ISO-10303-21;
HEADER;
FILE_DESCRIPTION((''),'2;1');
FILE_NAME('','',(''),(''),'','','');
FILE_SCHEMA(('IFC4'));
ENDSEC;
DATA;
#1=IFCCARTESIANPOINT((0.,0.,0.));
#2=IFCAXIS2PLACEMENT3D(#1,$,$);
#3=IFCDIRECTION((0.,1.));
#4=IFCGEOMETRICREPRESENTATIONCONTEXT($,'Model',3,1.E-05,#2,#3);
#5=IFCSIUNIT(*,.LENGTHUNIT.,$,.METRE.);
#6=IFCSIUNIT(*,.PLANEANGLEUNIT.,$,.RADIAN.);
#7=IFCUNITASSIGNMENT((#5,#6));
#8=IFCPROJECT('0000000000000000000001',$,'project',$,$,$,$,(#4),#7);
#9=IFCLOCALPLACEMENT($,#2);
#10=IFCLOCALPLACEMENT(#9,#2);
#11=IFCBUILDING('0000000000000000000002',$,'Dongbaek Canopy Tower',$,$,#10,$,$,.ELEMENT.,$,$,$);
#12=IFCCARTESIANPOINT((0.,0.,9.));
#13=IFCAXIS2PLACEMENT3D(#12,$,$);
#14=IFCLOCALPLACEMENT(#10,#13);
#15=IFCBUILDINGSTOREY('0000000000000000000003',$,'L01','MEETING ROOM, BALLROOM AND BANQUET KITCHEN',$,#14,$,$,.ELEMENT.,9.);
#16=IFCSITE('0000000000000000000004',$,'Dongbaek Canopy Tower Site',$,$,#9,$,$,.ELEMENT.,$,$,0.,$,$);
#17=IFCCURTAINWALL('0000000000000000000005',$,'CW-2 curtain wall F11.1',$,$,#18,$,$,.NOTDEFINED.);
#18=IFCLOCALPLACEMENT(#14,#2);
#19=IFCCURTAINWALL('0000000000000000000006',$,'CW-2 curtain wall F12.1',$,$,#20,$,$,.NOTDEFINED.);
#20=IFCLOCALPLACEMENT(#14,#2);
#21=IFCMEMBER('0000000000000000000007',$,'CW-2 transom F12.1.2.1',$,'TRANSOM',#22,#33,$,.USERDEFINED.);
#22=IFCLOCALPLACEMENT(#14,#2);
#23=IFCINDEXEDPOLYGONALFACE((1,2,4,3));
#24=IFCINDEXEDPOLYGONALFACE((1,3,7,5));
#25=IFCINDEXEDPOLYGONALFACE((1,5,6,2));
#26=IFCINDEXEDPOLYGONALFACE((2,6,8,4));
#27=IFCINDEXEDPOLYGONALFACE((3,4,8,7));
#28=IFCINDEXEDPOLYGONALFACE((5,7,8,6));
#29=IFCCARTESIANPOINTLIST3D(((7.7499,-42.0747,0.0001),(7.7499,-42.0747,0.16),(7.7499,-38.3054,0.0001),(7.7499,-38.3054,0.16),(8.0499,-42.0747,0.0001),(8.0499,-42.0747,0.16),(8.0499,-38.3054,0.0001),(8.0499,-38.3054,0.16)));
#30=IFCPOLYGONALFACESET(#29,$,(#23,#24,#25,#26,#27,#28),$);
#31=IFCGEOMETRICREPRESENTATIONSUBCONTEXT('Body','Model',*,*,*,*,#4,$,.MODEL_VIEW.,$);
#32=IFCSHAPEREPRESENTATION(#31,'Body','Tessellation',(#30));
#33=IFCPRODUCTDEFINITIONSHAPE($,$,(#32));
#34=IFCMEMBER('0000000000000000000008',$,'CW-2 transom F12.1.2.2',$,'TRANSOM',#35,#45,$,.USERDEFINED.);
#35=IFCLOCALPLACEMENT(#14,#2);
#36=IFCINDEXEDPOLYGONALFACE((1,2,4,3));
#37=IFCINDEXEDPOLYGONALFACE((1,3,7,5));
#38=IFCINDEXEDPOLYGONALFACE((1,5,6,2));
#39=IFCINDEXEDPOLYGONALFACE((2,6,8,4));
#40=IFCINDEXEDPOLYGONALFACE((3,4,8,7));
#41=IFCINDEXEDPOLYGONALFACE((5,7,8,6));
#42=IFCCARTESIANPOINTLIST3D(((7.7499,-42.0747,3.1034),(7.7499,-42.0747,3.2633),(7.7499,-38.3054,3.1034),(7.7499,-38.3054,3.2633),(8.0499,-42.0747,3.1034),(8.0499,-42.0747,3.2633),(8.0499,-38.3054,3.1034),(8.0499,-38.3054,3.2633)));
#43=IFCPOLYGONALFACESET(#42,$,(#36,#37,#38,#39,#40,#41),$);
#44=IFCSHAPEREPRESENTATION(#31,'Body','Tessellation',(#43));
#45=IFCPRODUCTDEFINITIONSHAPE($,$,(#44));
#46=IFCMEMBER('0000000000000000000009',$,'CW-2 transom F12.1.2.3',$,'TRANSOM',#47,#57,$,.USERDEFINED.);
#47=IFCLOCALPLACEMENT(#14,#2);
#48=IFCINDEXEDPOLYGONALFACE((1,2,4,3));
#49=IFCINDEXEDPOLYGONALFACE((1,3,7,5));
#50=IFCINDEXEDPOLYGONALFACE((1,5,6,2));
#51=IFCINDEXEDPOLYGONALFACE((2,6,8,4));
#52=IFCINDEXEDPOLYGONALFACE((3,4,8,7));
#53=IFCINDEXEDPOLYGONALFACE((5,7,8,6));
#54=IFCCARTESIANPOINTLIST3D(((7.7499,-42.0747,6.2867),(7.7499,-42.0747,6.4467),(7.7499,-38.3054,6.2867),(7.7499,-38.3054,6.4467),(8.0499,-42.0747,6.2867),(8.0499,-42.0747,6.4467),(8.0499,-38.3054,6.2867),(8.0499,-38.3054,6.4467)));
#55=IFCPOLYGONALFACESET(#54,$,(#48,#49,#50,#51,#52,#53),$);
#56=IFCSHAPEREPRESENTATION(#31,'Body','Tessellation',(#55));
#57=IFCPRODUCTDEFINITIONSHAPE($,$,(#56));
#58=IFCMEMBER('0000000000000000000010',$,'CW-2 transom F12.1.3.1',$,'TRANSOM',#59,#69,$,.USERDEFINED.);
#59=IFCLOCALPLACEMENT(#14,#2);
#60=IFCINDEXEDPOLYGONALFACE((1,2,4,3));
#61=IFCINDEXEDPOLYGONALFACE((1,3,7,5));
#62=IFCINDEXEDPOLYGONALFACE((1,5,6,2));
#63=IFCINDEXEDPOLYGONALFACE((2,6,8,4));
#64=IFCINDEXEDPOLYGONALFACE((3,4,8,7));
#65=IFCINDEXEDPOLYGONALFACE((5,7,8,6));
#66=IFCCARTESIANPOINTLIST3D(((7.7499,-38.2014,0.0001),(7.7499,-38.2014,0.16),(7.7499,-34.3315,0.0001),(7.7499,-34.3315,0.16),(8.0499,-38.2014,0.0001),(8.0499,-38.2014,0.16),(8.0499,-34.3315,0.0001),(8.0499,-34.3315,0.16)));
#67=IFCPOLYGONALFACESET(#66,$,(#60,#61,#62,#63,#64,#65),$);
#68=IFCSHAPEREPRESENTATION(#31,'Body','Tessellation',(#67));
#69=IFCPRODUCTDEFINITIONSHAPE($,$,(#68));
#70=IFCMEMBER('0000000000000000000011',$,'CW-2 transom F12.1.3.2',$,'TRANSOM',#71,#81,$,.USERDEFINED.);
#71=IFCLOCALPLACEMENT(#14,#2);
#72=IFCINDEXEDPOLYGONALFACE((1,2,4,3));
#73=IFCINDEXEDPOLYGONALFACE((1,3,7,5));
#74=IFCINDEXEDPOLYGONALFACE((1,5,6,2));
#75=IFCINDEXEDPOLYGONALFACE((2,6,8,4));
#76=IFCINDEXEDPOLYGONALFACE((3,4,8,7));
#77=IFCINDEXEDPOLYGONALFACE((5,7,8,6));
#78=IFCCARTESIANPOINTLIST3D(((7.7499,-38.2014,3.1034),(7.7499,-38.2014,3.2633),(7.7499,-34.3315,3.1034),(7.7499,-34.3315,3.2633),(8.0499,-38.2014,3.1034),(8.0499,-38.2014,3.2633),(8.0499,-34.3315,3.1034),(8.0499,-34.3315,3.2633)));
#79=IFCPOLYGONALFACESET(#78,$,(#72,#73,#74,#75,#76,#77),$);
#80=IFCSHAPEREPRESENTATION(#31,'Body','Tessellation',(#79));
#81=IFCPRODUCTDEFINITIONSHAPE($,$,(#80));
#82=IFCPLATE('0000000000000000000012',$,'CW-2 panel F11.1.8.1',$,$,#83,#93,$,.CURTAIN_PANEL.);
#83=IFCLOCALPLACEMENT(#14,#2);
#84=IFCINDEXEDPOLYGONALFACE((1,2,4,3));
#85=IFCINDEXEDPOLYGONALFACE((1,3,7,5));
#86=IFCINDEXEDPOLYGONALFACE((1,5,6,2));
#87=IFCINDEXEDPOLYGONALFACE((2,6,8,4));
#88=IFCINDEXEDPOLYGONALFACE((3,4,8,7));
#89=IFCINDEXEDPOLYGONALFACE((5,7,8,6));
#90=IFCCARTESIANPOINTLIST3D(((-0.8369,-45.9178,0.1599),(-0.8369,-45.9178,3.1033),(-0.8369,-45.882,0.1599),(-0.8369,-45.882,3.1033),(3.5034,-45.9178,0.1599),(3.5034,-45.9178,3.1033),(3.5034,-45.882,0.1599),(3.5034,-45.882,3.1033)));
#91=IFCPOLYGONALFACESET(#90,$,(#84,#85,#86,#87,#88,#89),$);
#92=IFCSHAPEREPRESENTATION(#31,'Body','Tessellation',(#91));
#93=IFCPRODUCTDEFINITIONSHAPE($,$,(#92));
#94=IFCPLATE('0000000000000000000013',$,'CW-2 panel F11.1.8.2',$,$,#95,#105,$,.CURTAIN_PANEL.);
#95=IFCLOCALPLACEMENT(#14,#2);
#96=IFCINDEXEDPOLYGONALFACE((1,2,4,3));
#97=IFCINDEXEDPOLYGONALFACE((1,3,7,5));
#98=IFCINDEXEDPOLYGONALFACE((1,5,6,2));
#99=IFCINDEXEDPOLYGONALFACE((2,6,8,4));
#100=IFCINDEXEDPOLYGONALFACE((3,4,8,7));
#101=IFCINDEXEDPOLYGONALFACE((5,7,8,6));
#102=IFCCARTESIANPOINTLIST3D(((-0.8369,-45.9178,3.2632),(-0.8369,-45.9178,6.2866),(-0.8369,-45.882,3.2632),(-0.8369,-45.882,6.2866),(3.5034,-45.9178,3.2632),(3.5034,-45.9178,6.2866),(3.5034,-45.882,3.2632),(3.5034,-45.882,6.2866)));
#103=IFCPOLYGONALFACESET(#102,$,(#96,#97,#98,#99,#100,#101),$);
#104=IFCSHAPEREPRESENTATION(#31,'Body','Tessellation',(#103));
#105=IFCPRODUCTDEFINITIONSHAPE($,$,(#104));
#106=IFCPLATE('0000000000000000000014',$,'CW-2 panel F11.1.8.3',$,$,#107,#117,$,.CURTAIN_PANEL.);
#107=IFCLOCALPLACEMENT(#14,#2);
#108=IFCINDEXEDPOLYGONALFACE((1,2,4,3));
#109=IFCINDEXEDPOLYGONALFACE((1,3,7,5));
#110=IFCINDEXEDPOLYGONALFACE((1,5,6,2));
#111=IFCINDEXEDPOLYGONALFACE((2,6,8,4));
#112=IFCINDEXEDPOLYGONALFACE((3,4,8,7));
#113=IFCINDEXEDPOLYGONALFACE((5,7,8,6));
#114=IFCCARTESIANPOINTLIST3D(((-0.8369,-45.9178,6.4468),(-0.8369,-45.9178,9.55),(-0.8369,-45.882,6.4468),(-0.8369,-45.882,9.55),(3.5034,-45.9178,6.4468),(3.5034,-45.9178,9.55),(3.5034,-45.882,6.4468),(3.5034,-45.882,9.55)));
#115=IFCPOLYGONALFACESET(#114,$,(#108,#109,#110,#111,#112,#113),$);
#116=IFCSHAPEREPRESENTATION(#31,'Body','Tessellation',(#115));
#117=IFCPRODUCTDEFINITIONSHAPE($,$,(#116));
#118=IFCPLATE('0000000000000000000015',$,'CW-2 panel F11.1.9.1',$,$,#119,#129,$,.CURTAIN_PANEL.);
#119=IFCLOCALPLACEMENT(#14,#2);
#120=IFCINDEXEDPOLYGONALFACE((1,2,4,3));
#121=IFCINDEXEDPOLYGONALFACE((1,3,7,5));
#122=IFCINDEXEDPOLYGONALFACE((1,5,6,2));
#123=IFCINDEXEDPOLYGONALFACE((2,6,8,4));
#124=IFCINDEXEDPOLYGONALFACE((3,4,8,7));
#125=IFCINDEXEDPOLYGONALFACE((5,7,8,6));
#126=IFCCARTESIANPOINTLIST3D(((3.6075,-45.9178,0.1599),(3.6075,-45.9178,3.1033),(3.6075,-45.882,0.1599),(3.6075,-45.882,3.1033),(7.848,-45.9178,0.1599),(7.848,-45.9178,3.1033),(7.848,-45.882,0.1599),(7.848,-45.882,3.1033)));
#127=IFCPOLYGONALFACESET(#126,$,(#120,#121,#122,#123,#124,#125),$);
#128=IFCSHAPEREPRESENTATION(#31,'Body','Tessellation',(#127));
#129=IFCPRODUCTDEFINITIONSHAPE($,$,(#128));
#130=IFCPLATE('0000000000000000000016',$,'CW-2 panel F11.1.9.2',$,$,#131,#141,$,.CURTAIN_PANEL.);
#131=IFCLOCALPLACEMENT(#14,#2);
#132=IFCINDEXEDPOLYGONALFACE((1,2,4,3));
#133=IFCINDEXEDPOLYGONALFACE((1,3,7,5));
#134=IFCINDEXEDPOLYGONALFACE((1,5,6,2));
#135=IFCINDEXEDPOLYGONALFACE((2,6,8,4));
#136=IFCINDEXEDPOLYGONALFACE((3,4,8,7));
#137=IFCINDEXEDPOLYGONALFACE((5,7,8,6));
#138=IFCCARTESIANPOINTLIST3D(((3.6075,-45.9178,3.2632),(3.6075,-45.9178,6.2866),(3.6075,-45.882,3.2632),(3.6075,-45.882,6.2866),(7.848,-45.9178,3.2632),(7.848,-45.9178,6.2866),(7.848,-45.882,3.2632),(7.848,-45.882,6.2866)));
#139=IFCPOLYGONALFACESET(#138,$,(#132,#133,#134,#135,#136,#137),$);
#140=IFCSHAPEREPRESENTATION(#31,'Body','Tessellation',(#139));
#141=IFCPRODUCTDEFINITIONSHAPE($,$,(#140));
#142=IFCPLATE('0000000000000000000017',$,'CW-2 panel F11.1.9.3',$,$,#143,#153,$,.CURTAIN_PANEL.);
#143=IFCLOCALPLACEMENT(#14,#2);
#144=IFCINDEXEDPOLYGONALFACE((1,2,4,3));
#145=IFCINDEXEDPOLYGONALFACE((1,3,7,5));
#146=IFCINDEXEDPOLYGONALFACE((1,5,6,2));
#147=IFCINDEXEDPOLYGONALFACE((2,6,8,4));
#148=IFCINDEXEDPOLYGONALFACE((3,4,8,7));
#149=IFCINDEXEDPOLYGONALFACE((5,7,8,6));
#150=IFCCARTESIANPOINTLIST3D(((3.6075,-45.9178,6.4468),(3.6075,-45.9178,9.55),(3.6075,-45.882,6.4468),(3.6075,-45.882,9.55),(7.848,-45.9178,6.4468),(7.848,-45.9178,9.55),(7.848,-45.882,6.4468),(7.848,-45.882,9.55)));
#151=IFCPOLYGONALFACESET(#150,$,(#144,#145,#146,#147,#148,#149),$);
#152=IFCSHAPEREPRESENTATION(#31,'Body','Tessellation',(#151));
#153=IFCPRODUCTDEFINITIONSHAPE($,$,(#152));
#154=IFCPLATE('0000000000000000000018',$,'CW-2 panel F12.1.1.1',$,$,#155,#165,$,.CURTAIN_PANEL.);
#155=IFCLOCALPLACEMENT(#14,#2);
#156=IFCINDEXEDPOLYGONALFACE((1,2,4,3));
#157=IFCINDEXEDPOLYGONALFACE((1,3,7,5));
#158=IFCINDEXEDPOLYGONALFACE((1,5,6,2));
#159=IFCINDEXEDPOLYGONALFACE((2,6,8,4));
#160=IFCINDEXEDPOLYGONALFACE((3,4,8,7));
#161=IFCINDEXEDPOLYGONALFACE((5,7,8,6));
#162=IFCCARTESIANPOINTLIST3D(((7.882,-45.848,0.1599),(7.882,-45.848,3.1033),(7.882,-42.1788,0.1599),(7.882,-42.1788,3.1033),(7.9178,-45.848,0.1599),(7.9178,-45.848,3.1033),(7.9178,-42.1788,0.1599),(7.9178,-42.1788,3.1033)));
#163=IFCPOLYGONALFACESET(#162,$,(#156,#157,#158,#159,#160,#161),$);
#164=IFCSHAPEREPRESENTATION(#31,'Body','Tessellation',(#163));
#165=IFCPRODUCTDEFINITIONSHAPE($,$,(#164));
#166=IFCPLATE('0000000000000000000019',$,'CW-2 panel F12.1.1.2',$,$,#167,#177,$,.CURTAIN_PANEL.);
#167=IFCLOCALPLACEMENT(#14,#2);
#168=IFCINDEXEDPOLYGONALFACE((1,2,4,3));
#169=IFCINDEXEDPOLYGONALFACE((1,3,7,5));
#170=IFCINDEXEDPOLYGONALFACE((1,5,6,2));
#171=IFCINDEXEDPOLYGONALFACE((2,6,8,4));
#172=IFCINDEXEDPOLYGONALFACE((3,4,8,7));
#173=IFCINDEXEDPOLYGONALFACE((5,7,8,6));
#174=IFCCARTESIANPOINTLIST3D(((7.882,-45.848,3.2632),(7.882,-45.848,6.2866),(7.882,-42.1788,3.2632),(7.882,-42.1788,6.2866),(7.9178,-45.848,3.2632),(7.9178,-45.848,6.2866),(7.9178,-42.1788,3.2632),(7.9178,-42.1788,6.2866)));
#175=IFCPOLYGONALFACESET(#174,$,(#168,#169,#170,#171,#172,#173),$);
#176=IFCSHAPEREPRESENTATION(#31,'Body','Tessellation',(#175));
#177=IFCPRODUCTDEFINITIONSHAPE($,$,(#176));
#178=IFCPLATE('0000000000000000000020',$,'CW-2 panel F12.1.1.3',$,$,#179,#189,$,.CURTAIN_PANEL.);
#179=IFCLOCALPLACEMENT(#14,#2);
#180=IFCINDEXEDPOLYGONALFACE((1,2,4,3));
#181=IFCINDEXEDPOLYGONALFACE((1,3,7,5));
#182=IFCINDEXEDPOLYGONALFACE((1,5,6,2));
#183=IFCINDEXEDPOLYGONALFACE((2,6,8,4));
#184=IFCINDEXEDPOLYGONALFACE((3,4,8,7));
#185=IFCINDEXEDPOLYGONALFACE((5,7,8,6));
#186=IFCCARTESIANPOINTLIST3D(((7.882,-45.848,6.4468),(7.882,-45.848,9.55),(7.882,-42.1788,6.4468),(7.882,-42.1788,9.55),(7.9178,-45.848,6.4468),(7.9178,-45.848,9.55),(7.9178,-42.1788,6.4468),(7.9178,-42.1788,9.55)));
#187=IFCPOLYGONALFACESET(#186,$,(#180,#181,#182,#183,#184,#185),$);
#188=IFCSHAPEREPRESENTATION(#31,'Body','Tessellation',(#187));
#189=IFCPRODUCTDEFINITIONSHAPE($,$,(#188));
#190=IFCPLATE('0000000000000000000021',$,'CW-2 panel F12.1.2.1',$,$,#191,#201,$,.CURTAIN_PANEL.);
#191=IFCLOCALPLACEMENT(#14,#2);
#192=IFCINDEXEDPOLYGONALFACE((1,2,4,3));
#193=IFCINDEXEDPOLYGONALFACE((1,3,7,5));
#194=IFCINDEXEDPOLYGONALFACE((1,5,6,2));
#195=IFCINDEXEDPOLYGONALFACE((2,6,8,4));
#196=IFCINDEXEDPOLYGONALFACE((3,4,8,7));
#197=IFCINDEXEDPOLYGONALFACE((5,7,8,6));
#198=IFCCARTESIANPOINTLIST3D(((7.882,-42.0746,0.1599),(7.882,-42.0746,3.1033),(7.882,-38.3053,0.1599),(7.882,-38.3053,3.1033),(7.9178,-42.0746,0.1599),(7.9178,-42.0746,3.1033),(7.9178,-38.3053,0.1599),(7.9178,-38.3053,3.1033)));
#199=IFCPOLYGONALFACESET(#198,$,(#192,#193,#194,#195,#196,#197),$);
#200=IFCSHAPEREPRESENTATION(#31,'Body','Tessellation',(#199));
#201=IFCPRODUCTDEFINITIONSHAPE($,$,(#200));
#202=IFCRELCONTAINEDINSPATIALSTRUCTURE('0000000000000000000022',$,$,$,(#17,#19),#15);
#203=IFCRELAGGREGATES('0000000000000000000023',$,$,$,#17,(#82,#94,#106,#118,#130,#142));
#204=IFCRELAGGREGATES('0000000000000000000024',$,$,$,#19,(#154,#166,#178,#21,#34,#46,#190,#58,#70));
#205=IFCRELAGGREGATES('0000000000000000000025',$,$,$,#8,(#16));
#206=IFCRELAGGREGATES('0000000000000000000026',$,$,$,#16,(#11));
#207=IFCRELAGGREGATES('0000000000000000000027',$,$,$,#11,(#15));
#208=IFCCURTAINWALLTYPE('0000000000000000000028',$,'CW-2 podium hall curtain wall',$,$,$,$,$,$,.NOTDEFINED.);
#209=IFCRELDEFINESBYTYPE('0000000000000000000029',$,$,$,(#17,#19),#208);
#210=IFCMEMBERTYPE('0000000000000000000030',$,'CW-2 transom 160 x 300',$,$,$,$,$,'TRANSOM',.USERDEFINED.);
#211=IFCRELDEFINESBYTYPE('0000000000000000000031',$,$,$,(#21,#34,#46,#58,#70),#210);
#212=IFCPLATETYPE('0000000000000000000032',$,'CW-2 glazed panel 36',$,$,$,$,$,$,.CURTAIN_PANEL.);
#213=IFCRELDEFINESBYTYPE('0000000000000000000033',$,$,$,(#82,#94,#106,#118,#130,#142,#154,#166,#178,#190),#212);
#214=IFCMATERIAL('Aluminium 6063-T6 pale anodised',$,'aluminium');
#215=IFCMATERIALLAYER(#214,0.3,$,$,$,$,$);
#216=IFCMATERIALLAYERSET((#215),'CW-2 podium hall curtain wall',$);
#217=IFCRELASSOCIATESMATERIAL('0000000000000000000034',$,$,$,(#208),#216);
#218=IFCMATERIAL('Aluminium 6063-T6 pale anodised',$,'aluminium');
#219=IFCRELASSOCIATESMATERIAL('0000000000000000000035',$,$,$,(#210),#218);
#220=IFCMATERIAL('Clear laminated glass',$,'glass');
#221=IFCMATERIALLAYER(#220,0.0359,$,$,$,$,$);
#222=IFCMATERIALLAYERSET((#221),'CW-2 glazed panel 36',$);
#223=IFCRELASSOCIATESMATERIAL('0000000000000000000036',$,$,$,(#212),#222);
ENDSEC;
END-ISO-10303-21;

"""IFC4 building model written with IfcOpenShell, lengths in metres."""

from ifc_helpers import new_model, si_unit, direction, frame, origin, origin_2d, place, context, subcontext, project, spatial, rectangle, extrude, material, layer, layer_set, material_profile, profile_set, type_object, element, aggregate, save


model = new_model("IFC4")

# Units and contexts
model_context = context("Model", 3, precision=1e-05, world=origin(), true_north=direction((0.0, 1.0)))
body_context = subcontext(model_context, "Body", "Model", "MODEL_VIEW")
ifc_project = project(units=[si_unit("LENGTHUNIT", "METRE"), si_unit("PLANEANGLEUNIT", "RADIAN")], contexts=[model_context])

# Site, building, storey
site_placement = place(None, origin())
site = spatial("IfcSite", under=ifc_project, at=site_placement, Name="Dongbaek Canopy Tower Site", CompositionType="ELEMENT", RefElevation=0.0)
building_placement = place(site_placement, origin())
building = spatial("IfcBuilding", under=site, at=building_placement, Name="Dongbaek Canopy Tower", CompositionType="ELEMENT")
storey_placement = place(building_placement, frame((0.0, 0.0, 9.0)))
storey = spatial("IfcBuildingStorey", under=building, at=storey_placement, Name="L01", Description="MEETING ROOM, BALLROOM AND BANQUET KITCHEN", CompositionType="ELEMENT", Elevation=9.0)

# Curtain walls
ifc_material_1 = material(Name="Aluminium 6063-T6 pale anodised", Category="aluminium")
ifc_layer_1 = layer(ifc_material_1, 0.3)
ifc_layer_set_1 = layer_set([ifc_layer_1], Name="CW-2 podium hall curtain wall")
curtain_wall_type = type_object("IfcCurtainWallType", Name="CW-2 podium hall curtain wall", PredefinedType="NOTDEFINED", material=ifc_layer_set_1)
curtain_wall_1_placement = place(storey_placement, origin())
curtain_wall_1 = element("IfcCurtainWall", 1, at=curtain_wall_1_placement, inside=storey, type_object=curtain_wall_type, Name="CW-2 curtain wall F11.1", PredefinedType="NOTDEFINED")
curtain_wall_2_placement = place(storey_placement, origin())
curtain_wall_2 = element("IfcCurtainWall", 2, at=curtain_wall_2_placement, inside=storey, type_object=curtain_wall_type, Name="CW-2 curtain wall F12.1", PredefinedType="NOTDEFINED")

# Members
ifc_material_2 = material(Name="Aluminium 6063-T6 pale anodised", Category="aluminium")
ifc_material_profile_1 = material_profile(ifc_material_2, rectangle(XDim=0.3, YDim=0.1599, at=origin_2d()), Name="CW-2 transom 160 x 300")
ifc_profile_set_1 = profile_set([ifc_material_profile_1], Name="Aluminium 6063-T6 pale anodised")
member_type_1 = type_object("IfcMemberType", Name="CW-2 transom 160 x 300", ElementType="TRANSOM", PredefinedType="USERDEFINED", material=ifc_profile_set_1)
member_1_placement = place(storey_placement, frame((7.8999, -42.0747, 0.0801), z_axis=(0.0, 1.0, 0.0), x_axis=(-1.0, 0.0, 0.0)))
member_1 = element("IfcMember", 3, at=member_1_placement, type_object=member_type_1, Name="CW-2 transom F12.1.2.1", ObjectType="TRANSOM", PredefinedType="USERDEFINED", context=body_context, shape_type="SweptSolid", body=[
    extrude(rectangle(XDim=0.3, YDim=0.1599, at=origin_2d()), origin(), (0.0, 0.0, 1.0), 3.7693),
])
member_2_placement = place(storey_placement, frame((7.8999, -42.0747, 3.1833), z_axis=(0.0, 1.0, 0.0), x_axis=(-1.0, 0.0, 0.0)))
member_2 = element("IfcMember", 4, at=member_2_placement, type_object=member_type_1, Name="CW-2 transom F12.1.2.2", ObjectType="TRANSOM", PredefinedType="USERDEFINED", context=body_context, shape_type="SweptSolid", body=[
    extrude(rectangle(XDim=0.3, YDim=0.1599, at=origin_2d()), origin(), (0.0, 0.0, 1.0), 3.7693),
])
member_3_placement = place(storey_placement, frame((7.8999, -42.0747, 6.3667), z_axis=(0.0, 1.0, 0.0), x_axis=(-1.0, 0.0, 0.0)))
member_3 = element("IfcMember", 5, at=member_3_placement, type_object=member_type_1, Name="CW-2 transom F12.1.2.3", ObjectType="TRANSOM", PredefinedType="USERDEFINED", context=body_context, shape_type="SweptSolid", body=[
    extrude(rectangle(XDim=0.3, YDim=0.1599, at=origin_2d()), origin(), (0.0, 0.0, 1.0), 3.7693),
])
member_4_placement = place(storey_placement, frame((7.8999, -38.2014, 0.0801), z_axis=(0.0, 1.0, 0.0), x_axis=(-1.0, 0.0, 0.0)))
member_4 = element("IfcMember", 6, at=member_4_placement, type_object=member_type_1, Name="CW-2 transom F12.1.3.1", ObjectType="TRANSOM", PredefinedType="USERDEFINED", context=body_context, shape_type="SweptSolid", body=[
    extrude(rectangle(XDim=0.3, YDim=0.1599, at=origin_2d()), origin(), (0.0, 0.0, 1.0), 3.8699),
])
member_5_placement = place(storey_placement, frame((7.8999, -38.2014, 3.1833), z_axis=(0.0, 1.0, 0.0), x_axis=(-1.0, 0.0, 0.0)))
member_5 = element("IfcMember", 7, at=member_5_placement, type_object=member_type_1, Name="CW-2 transom F12.1.3.2", ObjectType="TRANSOM", PredefinedType="USERDEFINED", context=body_context, shape_type="SweptSolid", body=[
    extrude(rectangle(XDim=0.3, YDim=0.1599, at=origin_2d()), origin(), (0.0, 0.0, 1.0), 3.8699),
])

# Plates
ifc_material_3 = material(Name="Clear laminated glass", Category="glass")
ifc_layer_2 = layer(ifc_material_3, 0.0359)
ifc_layer_set_2 = layer_set([ifc_layer_2], Name="CW-2 glazed panel 36")
plate_type = type_object("IfcPlateType", Name="CW-2 glazed panel 36", PredefinedType="CURTAIN_PANEL", material=ifc_layer_set_2)
plate_1_placement = place(storey_placement, frame((1.3333, -45.8999, 0.1599), z_axis=(0.0, 0.0, 1.0), x_axis=(1.0, 0.0, 0.0)))
plate_1 = element("IfcPlate", 8, at=plate_1_placement, type_object=plate_type, Name="CW-2 panel F11.1.8.1", PredefinedType="CURTAIN_PANEL", context=body_context, shape_type="SweptSolid", body=[
    extrude(rectangle(XDim=4.3403, YDim=0.0359, at=origin_2d()), origin(), (0.0, 0.0, 1.0), 2.9434),
])
plate_2_placement = place(storey_placement, frame((1.3333, -45.8999, 3.2632), z_axis=(0.0, 0.0, 1.0), x_axis=(1.0, 0.0, 0.0)))
plate_2 = element("IfcPlate", 9, at=plate_2_placement, type_object=plate_type, Name="CW-2 panel F11.1.8.2", PredefinedType="CURTAIN_PANEL", context=body_context, shape_type="SweptSolid", body=[
    extrude(rectangle(XDim=4.3403, YDim=0.0359, at=origin_2d()), origin(), (0.0, 0.0, 1.0), 3.0234),
])
plate_3_placement = place(storey_placement, frame((1.3333, -45.8999, 6.4468), z_axis=(0.0, 0.0, 1.0), x_axis=(1.0, 0.0, 0.0)))
plate_3 = element("IfcPlate", 10, at=plate_3_placement, type_object=plate_type, Name="CW-2 panel F11.1.8.3", PredefinedType="CURTAIN_PANEL", context=body_context, shape_type="SweptSolid", body=[
    extrude(rectangle(XDim=4.3403, YDim=0.0359, at=origin_2d()), origin(), (0.0, 0.0, 1.0), 3.1033),
])
plate_4_placement = place(storey_placement, frame((5.7278, -45.8999, 0.1599), z_axis=(0.0, 0.0, 1.0), x_axis=(1.0, 0.0, 0.0)))
plate_4 = element("IfcPlate", 11, at=plate_4_placement, type_object=plate_type, Name="CW-2 panel F11.1.9.1", PredefinedType="CURTAIN_PANEL", context=body_context, shape_type="SweptSolid", body=[
    extrude(rectangle(XDim=4.2405, YDim=0.0359, at=origin_2d()), origin(), (0.0, 0.0, 1.0), 2.9434),
])
plate_5_placement = place(storey_placement, frame((5.7278, -45.8999, 3.2632), z_axis=(0.0, 0.0, 1.0), x_axis=(1.0, 0.0, 0.0)))
plate_5 = element("IfcPlate", 12, at=plate_5_placement, type_object=plate_type, Name="CW-2 panel F11.1.9.2", PredefinedType="CURTAIN_PANEL", context=body_context, shape_type="SweptSolid", body=[
    extrude(rectangle(XDim=4.2405, YDim=0.0359, at=origin_2d()), origin(), (0.0, 0.0, 1.0), 3.0234),
])
plate_6_placement = place(storey_placement, frame((5.7278, -45.8999, 6.4468), z_axis=(0.0, 0.0, 1.0), x_axis=(1.0, 0.0, 0.0)))
plate_6 = element("IfcPlate", 13, at=plate_6_placement, type_object=plate_type, Name="CW-2 panel F11.1.9.3", PredefinedType="CURTAIN_PANEL", context=body_context, shape_type="SweptSolid", body=[
    extrude(rectangle(XDim=4.2405, YDim=0.0359, at=origin_2d()), origin(), (0.0, 0.0, 1.0), 3.1033),
])
aggregate(curtain_wall_1, [plate_1, plate_2, plate_3, plate_4, plate_5, plate_6])
plate_7_placement = place(storey_placement, frame((7.8999, -44.0134, 0.1599), z_axis=(0.0, 0.0, 1.0), x_axis=(0.0, 1.0, 0.0)))
plate_7 = element("IfcPlate", 14, at=plate_7_placement, type_object=plate_type, Name="CW-2 panel F12.1.1.1", PredefinedType="CURTAIN_PANEL", context=body_context, shape_type="SweptSolid", body=[
    extrude(rectangle(XDim=3.6692, YDim=0.0359, at=origin_2d()), origin(), (0.0, 0.0, 1.0), 2.9434),
])
plate_8_placement = place(storey_placement, frame((7.8999, -44.0134, 3.2632), z_axis=(0.0, 0.0, 1.0), x_axis=(0.0, 1.0, 0.0)))
plate_8 = element("IfcPlate", 15, at=plate_8_placement, type_object=plate_type, Name="CW-2 panel F12.1.1.2", PredefinedType="CURTAIN_PANEL", context=body_context, shape_type="SweptSolid", body=[
    extrude(rectangle(XDim=3.6692, YDim=0.0359, at=origin_2d()), origin(), (0.0, 0.0, 1.0), 3.0234),
])
plate_9_placement = place(storey_placement, frame((7.8999, -44.0134, 6.4468), z_axis=(0.0, 0.0, 1.0), x_axis=(0.0, 1.0, 0.0)))
plate_9 = element("IfcPlate", 16, at=plate_9_placement, type_object=plate_type, Name="CW-2 panel F12.1.1.3", PredefinedType="CURTAIN_PANEL", context=body_context, shape_type="SweptSolid", body=[
    extrude(rectangle(XDim=3.6692, YDim=0.0359, at=origin_2d()), origin(), (0.0, 0.0, 1.0), 3.1033),
])
plate_10_placement = place(storey_placement, frame((7.8999, -40.1899, 0.1599), z_axis=(0.0, 0.0, 1.0), x_axis=(0.0, 1.0, 0.0)))
plate_10 = element("IfcPlate", 17, at=plate_10_placement, type_object=plate_type, Name="CW-2 panel F12.1.2.1", PredefinedType="CURTAIN_PANEL", context=body_context, shape_type="SweptSolid", body=[
    extrude(rectangle(XDim=3.7693, YDim=0.0359, at=origin_2d()), origin(), (0.0, 0.0, 1.0), 2.9434),
])
aggregate(curtain_wall_2, [plate_7, plate_8, plate_9, member_1, member_2, member_3, plate_10, member_4, member_5])

save(model, "model.ifc")
